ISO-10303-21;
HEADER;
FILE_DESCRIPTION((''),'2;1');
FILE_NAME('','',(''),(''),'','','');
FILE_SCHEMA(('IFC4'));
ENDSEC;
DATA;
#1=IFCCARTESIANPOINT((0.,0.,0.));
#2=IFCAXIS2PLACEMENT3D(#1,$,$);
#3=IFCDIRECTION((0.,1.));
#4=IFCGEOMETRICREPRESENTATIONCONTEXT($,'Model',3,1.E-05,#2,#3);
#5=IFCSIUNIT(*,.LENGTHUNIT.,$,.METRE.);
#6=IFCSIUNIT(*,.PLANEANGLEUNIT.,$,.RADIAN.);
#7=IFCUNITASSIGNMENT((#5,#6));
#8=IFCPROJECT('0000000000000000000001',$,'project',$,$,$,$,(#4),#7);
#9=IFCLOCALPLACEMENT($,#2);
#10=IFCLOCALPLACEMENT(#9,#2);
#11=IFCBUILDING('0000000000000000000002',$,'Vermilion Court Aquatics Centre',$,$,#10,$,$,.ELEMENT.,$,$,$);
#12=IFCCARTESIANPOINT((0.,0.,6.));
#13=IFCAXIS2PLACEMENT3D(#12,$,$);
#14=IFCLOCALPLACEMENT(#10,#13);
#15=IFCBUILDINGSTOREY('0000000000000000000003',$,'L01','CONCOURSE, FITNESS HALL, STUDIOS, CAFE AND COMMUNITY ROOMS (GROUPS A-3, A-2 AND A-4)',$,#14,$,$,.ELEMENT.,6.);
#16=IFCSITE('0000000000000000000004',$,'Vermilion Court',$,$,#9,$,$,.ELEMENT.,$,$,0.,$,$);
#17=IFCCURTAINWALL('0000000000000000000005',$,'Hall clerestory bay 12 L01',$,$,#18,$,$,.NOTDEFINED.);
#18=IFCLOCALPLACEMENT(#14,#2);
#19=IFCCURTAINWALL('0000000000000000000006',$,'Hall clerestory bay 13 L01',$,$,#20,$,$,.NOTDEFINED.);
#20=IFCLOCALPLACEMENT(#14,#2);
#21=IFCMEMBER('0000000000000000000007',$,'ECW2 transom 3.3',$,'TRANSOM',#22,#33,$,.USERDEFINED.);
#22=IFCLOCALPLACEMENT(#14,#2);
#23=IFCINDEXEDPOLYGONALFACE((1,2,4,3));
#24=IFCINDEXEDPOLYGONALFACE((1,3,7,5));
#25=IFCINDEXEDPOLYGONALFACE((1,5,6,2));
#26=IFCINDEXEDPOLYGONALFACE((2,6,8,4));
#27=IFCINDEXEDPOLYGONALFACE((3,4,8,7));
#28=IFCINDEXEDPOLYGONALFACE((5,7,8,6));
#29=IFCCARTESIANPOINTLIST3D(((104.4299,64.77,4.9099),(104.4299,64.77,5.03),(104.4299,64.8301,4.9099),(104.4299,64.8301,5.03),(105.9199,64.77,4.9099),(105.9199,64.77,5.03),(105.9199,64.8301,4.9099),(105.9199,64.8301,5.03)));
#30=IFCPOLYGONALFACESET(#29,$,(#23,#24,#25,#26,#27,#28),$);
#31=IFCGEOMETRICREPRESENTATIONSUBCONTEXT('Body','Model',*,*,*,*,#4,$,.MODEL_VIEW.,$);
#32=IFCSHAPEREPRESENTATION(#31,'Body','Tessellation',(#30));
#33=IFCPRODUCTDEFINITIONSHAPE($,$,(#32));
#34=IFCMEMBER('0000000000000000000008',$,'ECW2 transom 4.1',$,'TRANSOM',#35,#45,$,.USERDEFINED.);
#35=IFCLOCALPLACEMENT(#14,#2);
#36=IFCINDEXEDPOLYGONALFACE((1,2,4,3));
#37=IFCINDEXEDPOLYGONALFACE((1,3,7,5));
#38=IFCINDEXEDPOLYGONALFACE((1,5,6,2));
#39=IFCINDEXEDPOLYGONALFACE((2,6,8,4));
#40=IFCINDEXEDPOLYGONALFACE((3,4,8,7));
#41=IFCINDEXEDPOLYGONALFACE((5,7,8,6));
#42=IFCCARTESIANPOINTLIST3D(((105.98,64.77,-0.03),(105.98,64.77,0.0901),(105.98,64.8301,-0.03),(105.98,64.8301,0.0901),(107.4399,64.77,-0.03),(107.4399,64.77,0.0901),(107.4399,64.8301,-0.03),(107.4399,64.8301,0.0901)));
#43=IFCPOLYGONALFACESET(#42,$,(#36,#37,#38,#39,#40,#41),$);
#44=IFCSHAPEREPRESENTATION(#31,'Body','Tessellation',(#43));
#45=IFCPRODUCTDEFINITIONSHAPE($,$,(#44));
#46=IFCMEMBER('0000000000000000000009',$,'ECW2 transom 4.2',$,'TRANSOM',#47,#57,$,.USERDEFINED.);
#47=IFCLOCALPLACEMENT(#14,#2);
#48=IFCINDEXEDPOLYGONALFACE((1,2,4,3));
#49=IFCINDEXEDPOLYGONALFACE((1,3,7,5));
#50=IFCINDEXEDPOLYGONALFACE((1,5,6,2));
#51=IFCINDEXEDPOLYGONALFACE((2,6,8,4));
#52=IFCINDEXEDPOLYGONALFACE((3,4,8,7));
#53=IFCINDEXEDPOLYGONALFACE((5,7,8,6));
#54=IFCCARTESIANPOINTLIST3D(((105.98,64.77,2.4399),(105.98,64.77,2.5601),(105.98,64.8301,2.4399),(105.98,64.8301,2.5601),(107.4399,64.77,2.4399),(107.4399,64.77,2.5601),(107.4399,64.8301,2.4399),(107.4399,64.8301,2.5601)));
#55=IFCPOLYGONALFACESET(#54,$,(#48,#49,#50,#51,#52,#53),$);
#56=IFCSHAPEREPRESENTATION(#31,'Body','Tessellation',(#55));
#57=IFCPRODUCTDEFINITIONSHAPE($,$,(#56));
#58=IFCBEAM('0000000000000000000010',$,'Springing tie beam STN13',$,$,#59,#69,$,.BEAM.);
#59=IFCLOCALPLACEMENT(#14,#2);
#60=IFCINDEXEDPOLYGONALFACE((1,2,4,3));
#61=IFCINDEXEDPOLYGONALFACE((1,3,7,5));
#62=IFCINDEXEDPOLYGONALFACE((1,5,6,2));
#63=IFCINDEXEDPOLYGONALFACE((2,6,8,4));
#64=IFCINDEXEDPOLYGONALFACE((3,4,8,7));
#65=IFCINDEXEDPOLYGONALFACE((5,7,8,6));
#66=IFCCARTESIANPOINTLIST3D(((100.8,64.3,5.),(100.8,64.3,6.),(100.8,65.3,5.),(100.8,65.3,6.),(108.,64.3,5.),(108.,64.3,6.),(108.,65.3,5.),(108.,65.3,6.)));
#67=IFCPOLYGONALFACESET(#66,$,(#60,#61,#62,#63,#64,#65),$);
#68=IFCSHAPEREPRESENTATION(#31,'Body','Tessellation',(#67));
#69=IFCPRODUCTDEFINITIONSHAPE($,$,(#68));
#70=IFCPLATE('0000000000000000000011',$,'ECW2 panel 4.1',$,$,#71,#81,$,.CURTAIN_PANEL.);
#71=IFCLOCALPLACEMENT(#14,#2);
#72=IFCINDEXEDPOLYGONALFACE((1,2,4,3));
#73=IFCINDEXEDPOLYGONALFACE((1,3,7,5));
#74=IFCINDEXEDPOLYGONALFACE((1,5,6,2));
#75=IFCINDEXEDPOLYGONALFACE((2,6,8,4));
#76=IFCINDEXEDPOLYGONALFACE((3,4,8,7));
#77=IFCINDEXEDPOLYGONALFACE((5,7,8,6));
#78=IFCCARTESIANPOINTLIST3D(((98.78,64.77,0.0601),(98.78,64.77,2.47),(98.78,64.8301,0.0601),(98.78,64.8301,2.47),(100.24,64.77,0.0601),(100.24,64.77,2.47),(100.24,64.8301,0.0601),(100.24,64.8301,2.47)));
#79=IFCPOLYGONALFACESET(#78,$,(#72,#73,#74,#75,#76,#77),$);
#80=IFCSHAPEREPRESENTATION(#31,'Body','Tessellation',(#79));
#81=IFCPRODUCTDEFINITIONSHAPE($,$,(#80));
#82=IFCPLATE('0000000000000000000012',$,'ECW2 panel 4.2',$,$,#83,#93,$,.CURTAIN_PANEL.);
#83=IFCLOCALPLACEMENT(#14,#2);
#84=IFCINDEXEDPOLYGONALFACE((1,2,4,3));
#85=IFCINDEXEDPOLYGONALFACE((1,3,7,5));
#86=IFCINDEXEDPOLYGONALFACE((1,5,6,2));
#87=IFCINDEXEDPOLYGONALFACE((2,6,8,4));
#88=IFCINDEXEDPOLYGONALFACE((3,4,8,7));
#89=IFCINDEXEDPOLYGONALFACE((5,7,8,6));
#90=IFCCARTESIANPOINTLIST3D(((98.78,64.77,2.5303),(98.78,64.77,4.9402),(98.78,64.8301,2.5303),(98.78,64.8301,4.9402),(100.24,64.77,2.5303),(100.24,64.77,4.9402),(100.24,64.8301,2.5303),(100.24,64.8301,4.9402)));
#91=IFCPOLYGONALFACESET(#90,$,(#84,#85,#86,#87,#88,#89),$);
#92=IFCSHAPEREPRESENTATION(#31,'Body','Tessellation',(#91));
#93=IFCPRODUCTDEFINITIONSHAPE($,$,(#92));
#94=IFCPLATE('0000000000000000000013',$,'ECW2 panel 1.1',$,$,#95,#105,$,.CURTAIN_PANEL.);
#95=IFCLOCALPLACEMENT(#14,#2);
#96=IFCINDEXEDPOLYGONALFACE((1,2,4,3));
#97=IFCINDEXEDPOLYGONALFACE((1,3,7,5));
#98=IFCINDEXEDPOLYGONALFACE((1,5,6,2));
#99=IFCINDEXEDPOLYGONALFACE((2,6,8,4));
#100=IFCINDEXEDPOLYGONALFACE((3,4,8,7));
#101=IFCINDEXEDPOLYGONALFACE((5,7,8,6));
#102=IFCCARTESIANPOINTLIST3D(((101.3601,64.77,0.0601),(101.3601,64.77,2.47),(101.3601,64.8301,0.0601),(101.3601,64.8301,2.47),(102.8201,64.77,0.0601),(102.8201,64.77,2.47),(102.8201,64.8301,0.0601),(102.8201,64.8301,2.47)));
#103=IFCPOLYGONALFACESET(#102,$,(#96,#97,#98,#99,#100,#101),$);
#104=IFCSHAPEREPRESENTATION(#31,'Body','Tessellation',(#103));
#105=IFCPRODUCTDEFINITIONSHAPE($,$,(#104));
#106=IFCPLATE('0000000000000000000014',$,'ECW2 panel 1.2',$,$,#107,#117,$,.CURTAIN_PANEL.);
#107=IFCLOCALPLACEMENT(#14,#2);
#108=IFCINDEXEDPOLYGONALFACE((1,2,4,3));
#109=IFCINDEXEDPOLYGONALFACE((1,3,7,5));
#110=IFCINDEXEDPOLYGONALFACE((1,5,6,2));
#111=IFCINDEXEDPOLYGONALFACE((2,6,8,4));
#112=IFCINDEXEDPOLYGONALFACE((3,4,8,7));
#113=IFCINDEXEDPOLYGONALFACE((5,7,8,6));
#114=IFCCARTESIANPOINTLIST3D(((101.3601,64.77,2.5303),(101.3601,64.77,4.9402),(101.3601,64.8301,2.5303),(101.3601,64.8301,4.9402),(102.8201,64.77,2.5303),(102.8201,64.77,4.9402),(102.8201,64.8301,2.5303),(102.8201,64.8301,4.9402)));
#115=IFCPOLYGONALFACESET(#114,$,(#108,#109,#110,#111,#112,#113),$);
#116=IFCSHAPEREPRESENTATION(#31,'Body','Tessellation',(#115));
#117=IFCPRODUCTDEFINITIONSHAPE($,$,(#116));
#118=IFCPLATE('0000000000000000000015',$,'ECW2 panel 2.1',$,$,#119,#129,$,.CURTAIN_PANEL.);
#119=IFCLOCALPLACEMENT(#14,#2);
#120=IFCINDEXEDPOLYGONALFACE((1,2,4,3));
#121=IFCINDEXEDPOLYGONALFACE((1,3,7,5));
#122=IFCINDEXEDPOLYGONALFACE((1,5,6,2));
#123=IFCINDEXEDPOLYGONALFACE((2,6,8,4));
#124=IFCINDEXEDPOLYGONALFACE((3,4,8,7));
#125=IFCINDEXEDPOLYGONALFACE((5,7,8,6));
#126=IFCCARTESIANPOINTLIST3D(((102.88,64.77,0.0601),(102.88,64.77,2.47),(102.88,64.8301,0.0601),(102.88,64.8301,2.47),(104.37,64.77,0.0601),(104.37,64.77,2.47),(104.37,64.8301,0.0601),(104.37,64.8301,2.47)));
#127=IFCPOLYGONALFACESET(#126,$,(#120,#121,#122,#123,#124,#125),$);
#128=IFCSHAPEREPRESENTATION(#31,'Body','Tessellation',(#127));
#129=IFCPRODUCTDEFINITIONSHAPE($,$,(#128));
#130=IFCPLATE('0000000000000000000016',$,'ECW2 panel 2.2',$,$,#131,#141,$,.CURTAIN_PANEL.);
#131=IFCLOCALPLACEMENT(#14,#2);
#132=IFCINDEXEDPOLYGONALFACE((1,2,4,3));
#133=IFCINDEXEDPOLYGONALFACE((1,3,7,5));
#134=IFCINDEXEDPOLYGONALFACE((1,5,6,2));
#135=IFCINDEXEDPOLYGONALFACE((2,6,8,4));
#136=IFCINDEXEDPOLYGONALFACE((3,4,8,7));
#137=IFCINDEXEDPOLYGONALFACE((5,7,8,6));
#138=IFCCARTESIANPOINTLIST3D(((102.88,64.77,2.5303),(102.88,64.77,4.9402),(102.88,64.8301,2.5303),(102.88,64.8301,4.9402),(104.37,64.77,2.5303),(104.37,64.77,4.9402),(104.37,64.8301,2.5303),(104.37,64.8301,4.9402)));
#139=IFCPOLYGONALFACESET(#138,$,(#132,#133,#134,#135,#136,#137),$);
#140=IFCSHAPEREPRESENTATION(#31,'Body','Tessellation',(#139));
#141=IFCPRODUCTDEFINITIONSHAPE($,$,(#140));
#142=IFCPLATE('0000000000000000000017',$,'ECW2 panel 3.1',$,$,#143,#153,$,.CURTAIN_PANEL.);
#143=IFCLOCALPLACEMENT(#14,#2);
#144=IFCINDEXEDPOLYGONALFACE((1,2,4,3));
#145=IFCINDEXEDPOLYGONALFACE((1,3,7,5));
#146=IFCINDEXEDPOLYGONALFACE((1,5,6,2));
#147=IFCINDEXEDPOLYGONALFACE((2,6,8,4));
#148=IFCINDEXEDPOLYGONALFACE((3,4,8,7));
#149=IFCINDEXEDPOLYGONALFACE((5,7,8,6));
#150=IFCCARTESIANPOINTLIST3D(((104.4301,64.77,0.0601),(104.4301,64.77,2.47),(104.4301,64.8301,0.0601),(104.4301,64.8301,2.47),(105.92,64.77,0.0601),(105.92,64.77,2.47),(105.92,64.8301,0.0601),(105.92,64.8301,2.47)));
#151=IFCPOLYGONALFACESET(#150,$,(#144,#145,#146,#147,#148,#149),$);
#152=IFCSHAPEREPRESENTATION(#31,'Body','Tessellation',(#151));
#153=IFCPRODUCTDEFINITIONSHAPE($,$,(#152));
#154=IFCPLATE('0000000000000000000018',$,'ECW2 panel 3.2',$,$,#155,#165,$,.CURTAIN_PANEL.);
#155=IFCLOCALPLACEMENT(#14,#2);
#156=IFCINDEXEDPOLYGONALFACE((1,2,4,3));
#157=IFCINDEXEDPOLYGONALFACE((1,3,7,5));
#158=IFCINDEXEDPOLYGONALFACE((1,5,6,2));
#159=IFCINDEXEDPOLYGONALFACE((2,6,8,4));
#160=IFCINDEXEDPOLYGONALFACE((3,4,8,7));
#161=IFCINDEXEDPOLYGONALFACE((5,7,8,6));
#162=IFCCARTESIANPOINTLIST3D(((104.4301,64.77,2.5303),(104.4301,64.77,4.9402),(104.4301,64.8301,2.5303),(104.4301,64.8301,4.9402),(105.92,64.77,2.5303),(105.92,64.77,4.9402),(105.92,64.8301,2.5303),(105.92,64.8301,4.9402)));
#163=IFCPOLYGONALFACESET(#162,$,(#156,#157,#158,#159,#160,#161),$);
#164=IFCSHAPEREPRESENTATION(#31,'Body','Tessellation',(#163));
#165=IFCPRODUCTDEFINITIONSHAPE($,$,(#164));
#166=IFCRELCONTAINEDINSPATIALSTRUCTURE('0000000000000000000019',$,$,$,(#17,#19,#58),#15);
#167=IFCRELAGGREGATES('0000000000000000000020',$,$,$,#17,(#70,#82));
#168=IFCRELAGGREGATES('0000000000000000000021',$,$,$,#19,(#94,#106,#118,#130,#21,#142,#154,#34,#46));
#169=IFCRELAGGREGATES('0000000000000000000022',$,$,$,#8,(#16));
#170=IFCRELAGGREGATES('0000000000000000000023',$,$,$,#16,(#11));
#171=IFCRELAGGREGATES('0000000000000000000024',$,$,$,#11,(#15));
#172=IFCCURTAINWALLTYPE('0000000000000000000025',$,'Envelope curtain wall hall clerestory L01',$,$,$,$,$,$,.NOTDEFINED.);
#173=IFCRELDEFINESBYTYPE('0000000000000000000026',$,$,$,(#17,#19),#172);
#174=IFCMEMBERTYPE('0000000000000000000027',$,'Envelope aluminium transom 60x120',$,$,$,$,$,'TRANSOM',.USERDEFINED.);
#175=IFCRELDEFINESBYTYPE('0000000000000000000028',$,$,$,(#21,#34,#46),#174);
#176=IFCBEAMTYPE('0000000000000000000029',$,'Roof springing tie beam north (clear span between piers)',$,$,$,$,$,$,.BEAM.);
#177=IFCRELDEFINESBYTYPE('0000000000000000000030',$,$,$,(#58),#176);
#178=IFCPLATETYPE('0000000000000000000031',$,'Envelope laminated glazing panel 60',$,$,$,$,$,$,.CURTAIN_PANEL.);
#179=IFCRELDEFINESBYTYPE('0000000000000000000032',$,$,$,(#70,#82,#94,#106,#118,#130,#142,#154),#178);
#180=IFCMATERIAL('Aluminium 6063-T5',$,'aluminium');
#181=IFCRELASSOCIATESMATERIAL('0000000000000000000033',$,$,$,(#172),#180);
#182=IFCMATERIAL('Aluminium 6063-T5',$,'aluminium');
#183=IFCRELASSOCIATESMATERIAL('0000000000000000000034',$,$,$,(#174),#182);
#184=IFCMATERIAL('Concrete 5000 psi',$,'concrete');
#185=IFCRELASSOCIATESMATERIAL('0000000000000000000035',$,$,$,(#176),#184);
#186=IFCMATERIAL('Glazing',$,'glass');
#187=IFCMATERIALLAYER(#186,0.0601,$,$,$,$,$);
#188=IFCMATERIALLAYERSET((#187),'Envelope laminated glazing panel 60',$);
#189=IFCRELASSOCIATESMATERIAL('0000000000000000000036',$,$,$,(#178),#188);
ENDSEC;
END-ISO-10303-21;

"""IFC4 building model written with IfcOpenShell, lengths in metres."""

from ifc_helpers import new_model, si_unit, direction, frame, origin, origin_2d, place, context, subcontext, project, spatial, rectangle, extrude, material, layer, layer_set, material_profile, profile_set, type_object, element, aggregate, save


model = new_model("IFC4")

# Units and contexts
model_context = context("Model", 3, precision=1e-05, world=origin(), true_north=direction((0.0, 1.0)))
body_context = subcontext(model_context, "Body", "Model", "MODEL_VIEW")
ifc_project = project(units=[si_unit("LENGTHUNIT", "METRE"), si_unit("PLANEANGLEUNIT", "RADIAN")], contexts=[model_context])

# Site, building, storey
site_placement = place(None, origin())
site = spatial("IfcSite", under=ifc_project, at=site_placement, Name="Vermilion Court", CompositionType="ELEMENT", RefElevation=0.0)
building_placement = place(site_placement, origin())
building = spatial("IfcBuilding", under=site, at=building_placement, Name="Vermilion Court Aquatics Centre", CompositionType="ELEMENT")
storey_placement = place(building_placement, frame((0.0, 0.0, 6.0)))
storey = spatial("IfcBuildingStorey", under=building, at=storey_placement, Name="L01", Description="CONCOURSE, FITNESS HALL, STUDIOS, CAFE AND COMMUNITY ROOMS (GROUPS A-3, A-2 AND A-4)", CompositionType="ELEMENT", Elevation=6.0)

# Curtain wall
ifc_material_1 = material(Name="Aluminium 6063-T5", Category="aluminium")
curtain_wall_type = type_object("IfcCurtainWallType", Name="Envelope curtain wall hall clerestory L01", PredefinedType="NOTDEFINED", material=ifc_material_1)
curtain_wall_1_placement = place(storey_placement, origin())
curtain_wall_1 = element("IfcCurtainWall", 1, at=curtain_wall_1_placement, inside=storey, type_object=curtain_wall_type, Name="Hall clerestory bay 12 L01", PredefinedType="NOTDEFINED")

# Curtain wall
curtain_wall_2_placement = place(storey_placement, origin())
curtain_wall_2 = element("IfcCurtainWall", 2, at=curtain_wall_2_placement, inside=storey, type_object=curtain_wall_type, Name="Hall clerestory bay 13 L01", PredefinedType="NOTDEFINED")

# Members
ifc_material_2 = material(Name="Aluminium 6063-T5", Category="aluminium")
ifc_material_profile_1 = material_profile(ifc_material_2, rectangle(XDim=0.0601, YDim=0.1201, at=origin_2d()), Name="AL 60x120")
ifc_profile_set_1 = profile_set([ifc_material_profile_1], Name="Aluminium 6063-T5")
member_type_1 = type_object("IfcMemberType", Name="Envelope aluminium transom 60x120", ElementType="TRANSOM", PredefinedType="USERDEFINED", material=ifc_profile_set_1)
member_1_placement = place(storey_placement, frame((104.4299, 64.8, 4.97), z_axis=(1.0, 0.0, 0.0), x_axis=(0.0, 1.0, 0.0)))
member_1 = element("IfcMember", 3, at=member_1_placement, type_object=member_type_1, Name="ECW2 transom 3.3", ObjectType="TRANSOM", PredefinedType="USERDEFINED", context=body_context, shape_type="SweptSolid", body=[
    extrude(rectangle(XDim=0.0601, YDim=0.1201, at=origin_2d()), origin(), (0.0, 0.0, 1.0), 1.49),
])
member_2_placement = place(storey_placement, frame((105.98, 64.8, 0.03), z_axis=(1.0, 0.0, 0.0), x_axis=(0.0, 1.0, 0.0)))
member_2 = element("IfcMember", 4, at=member_2_placement, type_object=member_type_1, Name="ECW2 transom 4.1", ObjectType="TRANSOM", PredefinedType="USERDEFINED", context=body_context, shape_type="SweptSolid", body=[
    extrude(rectangle(XDim=0.0601, YDim=0.1201, at=origin_2d()), origin(), (0.0, 0.0, 1.0), 1.46),
])
member_3_placement = place(storey_placement, frame((105.98, 64.8, 2.5), z_axis=(1.0, 0.0, 0.0), x_axis=(0.0, 1.0, 0.0)))
member_3 = element("IfcMember", 5, at=member_3_placement, type_object=member_type_1, Name="ECW2 transom 4.2", ObjectType="TRANSOM", PredefinedType="USERDEFINED", context=body_context, shape_type="SweptSolid", body=[
    extrude(rectangle(XDim=0.0601, YDim=0.1201, at=origin_2d()), origin(), (0.0, 0.0, 1.0), 1.46),
])

# Beam
ifc_material_3 = material(Name="Concrete 5000 psi", Category="concrete")
ifc_material_profile_2 = material_profile(ifc_material_3, rectangle(XDim=1.0, YDim=1.0, at=origin_2d()), Name="RC 1000x1000")
ifc_profile_set_2 = profile_set([ifc_material_profile_2], Name="Concrete 5000 psi")
beam_type = type_object("IfcBeamType", Name="Roof springing tie beam north (clear span between piers)", PredefinedType="BEAM", material=ifc_profile_set_2)
beam_placement = place(storey_placement, frame((100.8, 64.8, 5.5), z_axis=(1.0, 0.0, 0.0), x_axis=(0.0, 1.0, 0.0)))
element("IfcBeam", 6, at=beam_placement, inside=storey, type_object=beam_type, Name="Springing tie beam STN13", PredefinedType="BEAM", context=body_context, shape_type="SweptSolid", body=[
    extrude(rectangle(XDim=1.0, YDim=1.0, at=origin_2d()), origin(), (0.0, 0.0, 1.0), 7.2),
])

# Plates
ifc_material_4 = material(Name="Glazing", Category="glass")
ifc_layer = layer(ifc_material_4, 0.0601)
ifc_layer_set = layer_set([ifc_layer], Name="Envelope laminated glazing panel 60")
plate_type = type_object("IfcPlateType", Name="Envelope laminated glazing panel 60", PredefinedType="CURTAIN_PANEL", material=ifc_layer_set)
plate_1_placement = place(storey_placement, frame((99.51, 64.8, 0.0601), z_axis=(0.0, 0.0, 1.0), x_axis=(1.0, 0.0, 0.0)))
plate_1 = element("IfcPlate", 7, at=plate_1_placement, type_object=plate_type, Name="ECW2 panel 4.1", PredefinedType="CURTAIN_PANEL", context=body_context, shape_type="SweptSolid", body=[
    extrude(rectangle(XDim=1.46, YDim=0.0601, at=origin_2d()), origin(), (0.0, 0.0, 1.0), 2.4099),
])
plate_2_placement = place(storey_placement, frame((99.51, 64.8, 2.5303), z_axis=(0.0, 0.0, 1.0), x_axis=(1.0, 0.0, 0.0)))
plate_2 = element("IfcPlate", 8, at=plate_2_placement, type_object=plate_type, Name="ECW2 panel 4.2", PredefinedType="CURTAIN_PANEL", context=body_context, shape_type="SweptSolid", body=[
    extrude(rectangle(XDim=1.46, YDim=0.0601, at=origin_2d()), origin(), (0.0, 0.0, 1.0), 2.4099),
])
aggregate(curtain_wall_1, [plate_1, plate_2])
plate_3_placement = place(storey_placement, frame((102.0901, 64.8, 0.0601), z_axis=(0.0, 0.0, 1.0), x_axis=(1.0, 0.0, 0.0)))
plate_3 = element("IfcPlate", 9, at=plate_3_placement, type_object=plate_type, Name="ECW2 panel 1.1", PredefinedType="CURTAIN_PANEL", context=body_context, shape_type="SweptSolid", body=[
    extrude(rectangle(XDim=1.46, YDim=0.0601, at=origin_2d()), origin(), (0.0, 0.0, 1.0), 2.4099),
])
plate_4_placement = place(storey_placement, frame((102.0901, 64.8, 2.5303), z_axis=(0.0, 0.0, 1.0), x_axis=(1.0, 0.0, 0.0)))
plate_4 = element("IfcPlate", 10, at=plate_4_placement, type_object=plate_type, Name="ECW2 panel 1.2", PredefinedType="CURTAIN_PANEL", context=body_context, shape_type="SweptSolid", body=[
    extrude(rectangle(XDim=1.46, YDim=0.0601, at=origin_2d()), origin(), (0.0, 0.0, 1.0), 2.4099),
])
plate_5_placement = place(storey_placement, frame((103.625, 64.8, 0.0601), z_axis=(0.0, 0.0, 1.0), x_axis=(1.0, 0.0, 0.0)))
plate_5 = element("IfcPlate", 11, at=plate_5_placement, type_object=plate_type, Name="ECW2 panel 2.1", PredefinedType="CURTAIN_PANEL", context=body_context, shape_type="SweptSolid", body=[
    extrude(rectangle(XDim=1.49, YDim=0.0601, at=origin_2d()), origin(), (0.0, 0.0, 1.0), 2.4099),
])
plate_6_placement = place(storey_placement, frame((103.625, 64.8, 2.5303), z_axis=(0.0, 0.0, 1.0), x_axis=(1.0, 0.0, 0.0)))
plate_6 = element("IfcPlate", 12, at=plate_6_placement, type_object=plate_type, Name="ECW2 panel 2.2", PredefinedType="CURTAIN_PANEL", context=body_context, shape_type="SweptSolid", body=[
    extrude(rectangle(XDim=1.49, YDim=0.0601, at=origin_2d()), origin(), (0.0, 0.0, 1.0), 2.4099),
])
plate_7_placement = place(storey_placement, frame((105.175, 64.8, 0.0601), z_axis=(0.0, 0.0, 1.0), x_axis=(1.0, 0.0, 0.0)))
plate_7 = element("IfcPlate", 13, at=plate_7_placement, type_object=plate_type, Name="ECW2 panel 3.1", PredefinedType="CURTAIN_PANEL", context=body_context, shape_type="SweptSolid", body=[
    extrude(rectangle(XDim=1.49, YDim=0.0601, at=origin_2d()), origin(), (0.0, 0.0, 1.0), 2.4099),
])
plate_8_placement = place(storey_placement, frame((105.175, 64.8, 2.5303), z_axis=(0.0, 0.0, 1.0), x_axis=(1.0, 0.0, 0.0)))
plate_8 = element("IfcPlate", 14, at=plate_8_placement, type_object=plate_type, Name="ECW2 panel 3.2", PredefinedType="CURTAIN_PANEL", context=body_context, shape_type="SweptSolid", body=[
    extrude(rectangle(XDim=1.49, YDim=0.0601, at=origin_2d()), origin(), (0.0, 0.0, 1.0), 2.4099),
])
aggregate(curtain_wall_2, [plate_3, plate_4, plate_5, plate_6, member_1, plate_7, plate_8, member_2, member_3])

save(model, "model.ifc")
